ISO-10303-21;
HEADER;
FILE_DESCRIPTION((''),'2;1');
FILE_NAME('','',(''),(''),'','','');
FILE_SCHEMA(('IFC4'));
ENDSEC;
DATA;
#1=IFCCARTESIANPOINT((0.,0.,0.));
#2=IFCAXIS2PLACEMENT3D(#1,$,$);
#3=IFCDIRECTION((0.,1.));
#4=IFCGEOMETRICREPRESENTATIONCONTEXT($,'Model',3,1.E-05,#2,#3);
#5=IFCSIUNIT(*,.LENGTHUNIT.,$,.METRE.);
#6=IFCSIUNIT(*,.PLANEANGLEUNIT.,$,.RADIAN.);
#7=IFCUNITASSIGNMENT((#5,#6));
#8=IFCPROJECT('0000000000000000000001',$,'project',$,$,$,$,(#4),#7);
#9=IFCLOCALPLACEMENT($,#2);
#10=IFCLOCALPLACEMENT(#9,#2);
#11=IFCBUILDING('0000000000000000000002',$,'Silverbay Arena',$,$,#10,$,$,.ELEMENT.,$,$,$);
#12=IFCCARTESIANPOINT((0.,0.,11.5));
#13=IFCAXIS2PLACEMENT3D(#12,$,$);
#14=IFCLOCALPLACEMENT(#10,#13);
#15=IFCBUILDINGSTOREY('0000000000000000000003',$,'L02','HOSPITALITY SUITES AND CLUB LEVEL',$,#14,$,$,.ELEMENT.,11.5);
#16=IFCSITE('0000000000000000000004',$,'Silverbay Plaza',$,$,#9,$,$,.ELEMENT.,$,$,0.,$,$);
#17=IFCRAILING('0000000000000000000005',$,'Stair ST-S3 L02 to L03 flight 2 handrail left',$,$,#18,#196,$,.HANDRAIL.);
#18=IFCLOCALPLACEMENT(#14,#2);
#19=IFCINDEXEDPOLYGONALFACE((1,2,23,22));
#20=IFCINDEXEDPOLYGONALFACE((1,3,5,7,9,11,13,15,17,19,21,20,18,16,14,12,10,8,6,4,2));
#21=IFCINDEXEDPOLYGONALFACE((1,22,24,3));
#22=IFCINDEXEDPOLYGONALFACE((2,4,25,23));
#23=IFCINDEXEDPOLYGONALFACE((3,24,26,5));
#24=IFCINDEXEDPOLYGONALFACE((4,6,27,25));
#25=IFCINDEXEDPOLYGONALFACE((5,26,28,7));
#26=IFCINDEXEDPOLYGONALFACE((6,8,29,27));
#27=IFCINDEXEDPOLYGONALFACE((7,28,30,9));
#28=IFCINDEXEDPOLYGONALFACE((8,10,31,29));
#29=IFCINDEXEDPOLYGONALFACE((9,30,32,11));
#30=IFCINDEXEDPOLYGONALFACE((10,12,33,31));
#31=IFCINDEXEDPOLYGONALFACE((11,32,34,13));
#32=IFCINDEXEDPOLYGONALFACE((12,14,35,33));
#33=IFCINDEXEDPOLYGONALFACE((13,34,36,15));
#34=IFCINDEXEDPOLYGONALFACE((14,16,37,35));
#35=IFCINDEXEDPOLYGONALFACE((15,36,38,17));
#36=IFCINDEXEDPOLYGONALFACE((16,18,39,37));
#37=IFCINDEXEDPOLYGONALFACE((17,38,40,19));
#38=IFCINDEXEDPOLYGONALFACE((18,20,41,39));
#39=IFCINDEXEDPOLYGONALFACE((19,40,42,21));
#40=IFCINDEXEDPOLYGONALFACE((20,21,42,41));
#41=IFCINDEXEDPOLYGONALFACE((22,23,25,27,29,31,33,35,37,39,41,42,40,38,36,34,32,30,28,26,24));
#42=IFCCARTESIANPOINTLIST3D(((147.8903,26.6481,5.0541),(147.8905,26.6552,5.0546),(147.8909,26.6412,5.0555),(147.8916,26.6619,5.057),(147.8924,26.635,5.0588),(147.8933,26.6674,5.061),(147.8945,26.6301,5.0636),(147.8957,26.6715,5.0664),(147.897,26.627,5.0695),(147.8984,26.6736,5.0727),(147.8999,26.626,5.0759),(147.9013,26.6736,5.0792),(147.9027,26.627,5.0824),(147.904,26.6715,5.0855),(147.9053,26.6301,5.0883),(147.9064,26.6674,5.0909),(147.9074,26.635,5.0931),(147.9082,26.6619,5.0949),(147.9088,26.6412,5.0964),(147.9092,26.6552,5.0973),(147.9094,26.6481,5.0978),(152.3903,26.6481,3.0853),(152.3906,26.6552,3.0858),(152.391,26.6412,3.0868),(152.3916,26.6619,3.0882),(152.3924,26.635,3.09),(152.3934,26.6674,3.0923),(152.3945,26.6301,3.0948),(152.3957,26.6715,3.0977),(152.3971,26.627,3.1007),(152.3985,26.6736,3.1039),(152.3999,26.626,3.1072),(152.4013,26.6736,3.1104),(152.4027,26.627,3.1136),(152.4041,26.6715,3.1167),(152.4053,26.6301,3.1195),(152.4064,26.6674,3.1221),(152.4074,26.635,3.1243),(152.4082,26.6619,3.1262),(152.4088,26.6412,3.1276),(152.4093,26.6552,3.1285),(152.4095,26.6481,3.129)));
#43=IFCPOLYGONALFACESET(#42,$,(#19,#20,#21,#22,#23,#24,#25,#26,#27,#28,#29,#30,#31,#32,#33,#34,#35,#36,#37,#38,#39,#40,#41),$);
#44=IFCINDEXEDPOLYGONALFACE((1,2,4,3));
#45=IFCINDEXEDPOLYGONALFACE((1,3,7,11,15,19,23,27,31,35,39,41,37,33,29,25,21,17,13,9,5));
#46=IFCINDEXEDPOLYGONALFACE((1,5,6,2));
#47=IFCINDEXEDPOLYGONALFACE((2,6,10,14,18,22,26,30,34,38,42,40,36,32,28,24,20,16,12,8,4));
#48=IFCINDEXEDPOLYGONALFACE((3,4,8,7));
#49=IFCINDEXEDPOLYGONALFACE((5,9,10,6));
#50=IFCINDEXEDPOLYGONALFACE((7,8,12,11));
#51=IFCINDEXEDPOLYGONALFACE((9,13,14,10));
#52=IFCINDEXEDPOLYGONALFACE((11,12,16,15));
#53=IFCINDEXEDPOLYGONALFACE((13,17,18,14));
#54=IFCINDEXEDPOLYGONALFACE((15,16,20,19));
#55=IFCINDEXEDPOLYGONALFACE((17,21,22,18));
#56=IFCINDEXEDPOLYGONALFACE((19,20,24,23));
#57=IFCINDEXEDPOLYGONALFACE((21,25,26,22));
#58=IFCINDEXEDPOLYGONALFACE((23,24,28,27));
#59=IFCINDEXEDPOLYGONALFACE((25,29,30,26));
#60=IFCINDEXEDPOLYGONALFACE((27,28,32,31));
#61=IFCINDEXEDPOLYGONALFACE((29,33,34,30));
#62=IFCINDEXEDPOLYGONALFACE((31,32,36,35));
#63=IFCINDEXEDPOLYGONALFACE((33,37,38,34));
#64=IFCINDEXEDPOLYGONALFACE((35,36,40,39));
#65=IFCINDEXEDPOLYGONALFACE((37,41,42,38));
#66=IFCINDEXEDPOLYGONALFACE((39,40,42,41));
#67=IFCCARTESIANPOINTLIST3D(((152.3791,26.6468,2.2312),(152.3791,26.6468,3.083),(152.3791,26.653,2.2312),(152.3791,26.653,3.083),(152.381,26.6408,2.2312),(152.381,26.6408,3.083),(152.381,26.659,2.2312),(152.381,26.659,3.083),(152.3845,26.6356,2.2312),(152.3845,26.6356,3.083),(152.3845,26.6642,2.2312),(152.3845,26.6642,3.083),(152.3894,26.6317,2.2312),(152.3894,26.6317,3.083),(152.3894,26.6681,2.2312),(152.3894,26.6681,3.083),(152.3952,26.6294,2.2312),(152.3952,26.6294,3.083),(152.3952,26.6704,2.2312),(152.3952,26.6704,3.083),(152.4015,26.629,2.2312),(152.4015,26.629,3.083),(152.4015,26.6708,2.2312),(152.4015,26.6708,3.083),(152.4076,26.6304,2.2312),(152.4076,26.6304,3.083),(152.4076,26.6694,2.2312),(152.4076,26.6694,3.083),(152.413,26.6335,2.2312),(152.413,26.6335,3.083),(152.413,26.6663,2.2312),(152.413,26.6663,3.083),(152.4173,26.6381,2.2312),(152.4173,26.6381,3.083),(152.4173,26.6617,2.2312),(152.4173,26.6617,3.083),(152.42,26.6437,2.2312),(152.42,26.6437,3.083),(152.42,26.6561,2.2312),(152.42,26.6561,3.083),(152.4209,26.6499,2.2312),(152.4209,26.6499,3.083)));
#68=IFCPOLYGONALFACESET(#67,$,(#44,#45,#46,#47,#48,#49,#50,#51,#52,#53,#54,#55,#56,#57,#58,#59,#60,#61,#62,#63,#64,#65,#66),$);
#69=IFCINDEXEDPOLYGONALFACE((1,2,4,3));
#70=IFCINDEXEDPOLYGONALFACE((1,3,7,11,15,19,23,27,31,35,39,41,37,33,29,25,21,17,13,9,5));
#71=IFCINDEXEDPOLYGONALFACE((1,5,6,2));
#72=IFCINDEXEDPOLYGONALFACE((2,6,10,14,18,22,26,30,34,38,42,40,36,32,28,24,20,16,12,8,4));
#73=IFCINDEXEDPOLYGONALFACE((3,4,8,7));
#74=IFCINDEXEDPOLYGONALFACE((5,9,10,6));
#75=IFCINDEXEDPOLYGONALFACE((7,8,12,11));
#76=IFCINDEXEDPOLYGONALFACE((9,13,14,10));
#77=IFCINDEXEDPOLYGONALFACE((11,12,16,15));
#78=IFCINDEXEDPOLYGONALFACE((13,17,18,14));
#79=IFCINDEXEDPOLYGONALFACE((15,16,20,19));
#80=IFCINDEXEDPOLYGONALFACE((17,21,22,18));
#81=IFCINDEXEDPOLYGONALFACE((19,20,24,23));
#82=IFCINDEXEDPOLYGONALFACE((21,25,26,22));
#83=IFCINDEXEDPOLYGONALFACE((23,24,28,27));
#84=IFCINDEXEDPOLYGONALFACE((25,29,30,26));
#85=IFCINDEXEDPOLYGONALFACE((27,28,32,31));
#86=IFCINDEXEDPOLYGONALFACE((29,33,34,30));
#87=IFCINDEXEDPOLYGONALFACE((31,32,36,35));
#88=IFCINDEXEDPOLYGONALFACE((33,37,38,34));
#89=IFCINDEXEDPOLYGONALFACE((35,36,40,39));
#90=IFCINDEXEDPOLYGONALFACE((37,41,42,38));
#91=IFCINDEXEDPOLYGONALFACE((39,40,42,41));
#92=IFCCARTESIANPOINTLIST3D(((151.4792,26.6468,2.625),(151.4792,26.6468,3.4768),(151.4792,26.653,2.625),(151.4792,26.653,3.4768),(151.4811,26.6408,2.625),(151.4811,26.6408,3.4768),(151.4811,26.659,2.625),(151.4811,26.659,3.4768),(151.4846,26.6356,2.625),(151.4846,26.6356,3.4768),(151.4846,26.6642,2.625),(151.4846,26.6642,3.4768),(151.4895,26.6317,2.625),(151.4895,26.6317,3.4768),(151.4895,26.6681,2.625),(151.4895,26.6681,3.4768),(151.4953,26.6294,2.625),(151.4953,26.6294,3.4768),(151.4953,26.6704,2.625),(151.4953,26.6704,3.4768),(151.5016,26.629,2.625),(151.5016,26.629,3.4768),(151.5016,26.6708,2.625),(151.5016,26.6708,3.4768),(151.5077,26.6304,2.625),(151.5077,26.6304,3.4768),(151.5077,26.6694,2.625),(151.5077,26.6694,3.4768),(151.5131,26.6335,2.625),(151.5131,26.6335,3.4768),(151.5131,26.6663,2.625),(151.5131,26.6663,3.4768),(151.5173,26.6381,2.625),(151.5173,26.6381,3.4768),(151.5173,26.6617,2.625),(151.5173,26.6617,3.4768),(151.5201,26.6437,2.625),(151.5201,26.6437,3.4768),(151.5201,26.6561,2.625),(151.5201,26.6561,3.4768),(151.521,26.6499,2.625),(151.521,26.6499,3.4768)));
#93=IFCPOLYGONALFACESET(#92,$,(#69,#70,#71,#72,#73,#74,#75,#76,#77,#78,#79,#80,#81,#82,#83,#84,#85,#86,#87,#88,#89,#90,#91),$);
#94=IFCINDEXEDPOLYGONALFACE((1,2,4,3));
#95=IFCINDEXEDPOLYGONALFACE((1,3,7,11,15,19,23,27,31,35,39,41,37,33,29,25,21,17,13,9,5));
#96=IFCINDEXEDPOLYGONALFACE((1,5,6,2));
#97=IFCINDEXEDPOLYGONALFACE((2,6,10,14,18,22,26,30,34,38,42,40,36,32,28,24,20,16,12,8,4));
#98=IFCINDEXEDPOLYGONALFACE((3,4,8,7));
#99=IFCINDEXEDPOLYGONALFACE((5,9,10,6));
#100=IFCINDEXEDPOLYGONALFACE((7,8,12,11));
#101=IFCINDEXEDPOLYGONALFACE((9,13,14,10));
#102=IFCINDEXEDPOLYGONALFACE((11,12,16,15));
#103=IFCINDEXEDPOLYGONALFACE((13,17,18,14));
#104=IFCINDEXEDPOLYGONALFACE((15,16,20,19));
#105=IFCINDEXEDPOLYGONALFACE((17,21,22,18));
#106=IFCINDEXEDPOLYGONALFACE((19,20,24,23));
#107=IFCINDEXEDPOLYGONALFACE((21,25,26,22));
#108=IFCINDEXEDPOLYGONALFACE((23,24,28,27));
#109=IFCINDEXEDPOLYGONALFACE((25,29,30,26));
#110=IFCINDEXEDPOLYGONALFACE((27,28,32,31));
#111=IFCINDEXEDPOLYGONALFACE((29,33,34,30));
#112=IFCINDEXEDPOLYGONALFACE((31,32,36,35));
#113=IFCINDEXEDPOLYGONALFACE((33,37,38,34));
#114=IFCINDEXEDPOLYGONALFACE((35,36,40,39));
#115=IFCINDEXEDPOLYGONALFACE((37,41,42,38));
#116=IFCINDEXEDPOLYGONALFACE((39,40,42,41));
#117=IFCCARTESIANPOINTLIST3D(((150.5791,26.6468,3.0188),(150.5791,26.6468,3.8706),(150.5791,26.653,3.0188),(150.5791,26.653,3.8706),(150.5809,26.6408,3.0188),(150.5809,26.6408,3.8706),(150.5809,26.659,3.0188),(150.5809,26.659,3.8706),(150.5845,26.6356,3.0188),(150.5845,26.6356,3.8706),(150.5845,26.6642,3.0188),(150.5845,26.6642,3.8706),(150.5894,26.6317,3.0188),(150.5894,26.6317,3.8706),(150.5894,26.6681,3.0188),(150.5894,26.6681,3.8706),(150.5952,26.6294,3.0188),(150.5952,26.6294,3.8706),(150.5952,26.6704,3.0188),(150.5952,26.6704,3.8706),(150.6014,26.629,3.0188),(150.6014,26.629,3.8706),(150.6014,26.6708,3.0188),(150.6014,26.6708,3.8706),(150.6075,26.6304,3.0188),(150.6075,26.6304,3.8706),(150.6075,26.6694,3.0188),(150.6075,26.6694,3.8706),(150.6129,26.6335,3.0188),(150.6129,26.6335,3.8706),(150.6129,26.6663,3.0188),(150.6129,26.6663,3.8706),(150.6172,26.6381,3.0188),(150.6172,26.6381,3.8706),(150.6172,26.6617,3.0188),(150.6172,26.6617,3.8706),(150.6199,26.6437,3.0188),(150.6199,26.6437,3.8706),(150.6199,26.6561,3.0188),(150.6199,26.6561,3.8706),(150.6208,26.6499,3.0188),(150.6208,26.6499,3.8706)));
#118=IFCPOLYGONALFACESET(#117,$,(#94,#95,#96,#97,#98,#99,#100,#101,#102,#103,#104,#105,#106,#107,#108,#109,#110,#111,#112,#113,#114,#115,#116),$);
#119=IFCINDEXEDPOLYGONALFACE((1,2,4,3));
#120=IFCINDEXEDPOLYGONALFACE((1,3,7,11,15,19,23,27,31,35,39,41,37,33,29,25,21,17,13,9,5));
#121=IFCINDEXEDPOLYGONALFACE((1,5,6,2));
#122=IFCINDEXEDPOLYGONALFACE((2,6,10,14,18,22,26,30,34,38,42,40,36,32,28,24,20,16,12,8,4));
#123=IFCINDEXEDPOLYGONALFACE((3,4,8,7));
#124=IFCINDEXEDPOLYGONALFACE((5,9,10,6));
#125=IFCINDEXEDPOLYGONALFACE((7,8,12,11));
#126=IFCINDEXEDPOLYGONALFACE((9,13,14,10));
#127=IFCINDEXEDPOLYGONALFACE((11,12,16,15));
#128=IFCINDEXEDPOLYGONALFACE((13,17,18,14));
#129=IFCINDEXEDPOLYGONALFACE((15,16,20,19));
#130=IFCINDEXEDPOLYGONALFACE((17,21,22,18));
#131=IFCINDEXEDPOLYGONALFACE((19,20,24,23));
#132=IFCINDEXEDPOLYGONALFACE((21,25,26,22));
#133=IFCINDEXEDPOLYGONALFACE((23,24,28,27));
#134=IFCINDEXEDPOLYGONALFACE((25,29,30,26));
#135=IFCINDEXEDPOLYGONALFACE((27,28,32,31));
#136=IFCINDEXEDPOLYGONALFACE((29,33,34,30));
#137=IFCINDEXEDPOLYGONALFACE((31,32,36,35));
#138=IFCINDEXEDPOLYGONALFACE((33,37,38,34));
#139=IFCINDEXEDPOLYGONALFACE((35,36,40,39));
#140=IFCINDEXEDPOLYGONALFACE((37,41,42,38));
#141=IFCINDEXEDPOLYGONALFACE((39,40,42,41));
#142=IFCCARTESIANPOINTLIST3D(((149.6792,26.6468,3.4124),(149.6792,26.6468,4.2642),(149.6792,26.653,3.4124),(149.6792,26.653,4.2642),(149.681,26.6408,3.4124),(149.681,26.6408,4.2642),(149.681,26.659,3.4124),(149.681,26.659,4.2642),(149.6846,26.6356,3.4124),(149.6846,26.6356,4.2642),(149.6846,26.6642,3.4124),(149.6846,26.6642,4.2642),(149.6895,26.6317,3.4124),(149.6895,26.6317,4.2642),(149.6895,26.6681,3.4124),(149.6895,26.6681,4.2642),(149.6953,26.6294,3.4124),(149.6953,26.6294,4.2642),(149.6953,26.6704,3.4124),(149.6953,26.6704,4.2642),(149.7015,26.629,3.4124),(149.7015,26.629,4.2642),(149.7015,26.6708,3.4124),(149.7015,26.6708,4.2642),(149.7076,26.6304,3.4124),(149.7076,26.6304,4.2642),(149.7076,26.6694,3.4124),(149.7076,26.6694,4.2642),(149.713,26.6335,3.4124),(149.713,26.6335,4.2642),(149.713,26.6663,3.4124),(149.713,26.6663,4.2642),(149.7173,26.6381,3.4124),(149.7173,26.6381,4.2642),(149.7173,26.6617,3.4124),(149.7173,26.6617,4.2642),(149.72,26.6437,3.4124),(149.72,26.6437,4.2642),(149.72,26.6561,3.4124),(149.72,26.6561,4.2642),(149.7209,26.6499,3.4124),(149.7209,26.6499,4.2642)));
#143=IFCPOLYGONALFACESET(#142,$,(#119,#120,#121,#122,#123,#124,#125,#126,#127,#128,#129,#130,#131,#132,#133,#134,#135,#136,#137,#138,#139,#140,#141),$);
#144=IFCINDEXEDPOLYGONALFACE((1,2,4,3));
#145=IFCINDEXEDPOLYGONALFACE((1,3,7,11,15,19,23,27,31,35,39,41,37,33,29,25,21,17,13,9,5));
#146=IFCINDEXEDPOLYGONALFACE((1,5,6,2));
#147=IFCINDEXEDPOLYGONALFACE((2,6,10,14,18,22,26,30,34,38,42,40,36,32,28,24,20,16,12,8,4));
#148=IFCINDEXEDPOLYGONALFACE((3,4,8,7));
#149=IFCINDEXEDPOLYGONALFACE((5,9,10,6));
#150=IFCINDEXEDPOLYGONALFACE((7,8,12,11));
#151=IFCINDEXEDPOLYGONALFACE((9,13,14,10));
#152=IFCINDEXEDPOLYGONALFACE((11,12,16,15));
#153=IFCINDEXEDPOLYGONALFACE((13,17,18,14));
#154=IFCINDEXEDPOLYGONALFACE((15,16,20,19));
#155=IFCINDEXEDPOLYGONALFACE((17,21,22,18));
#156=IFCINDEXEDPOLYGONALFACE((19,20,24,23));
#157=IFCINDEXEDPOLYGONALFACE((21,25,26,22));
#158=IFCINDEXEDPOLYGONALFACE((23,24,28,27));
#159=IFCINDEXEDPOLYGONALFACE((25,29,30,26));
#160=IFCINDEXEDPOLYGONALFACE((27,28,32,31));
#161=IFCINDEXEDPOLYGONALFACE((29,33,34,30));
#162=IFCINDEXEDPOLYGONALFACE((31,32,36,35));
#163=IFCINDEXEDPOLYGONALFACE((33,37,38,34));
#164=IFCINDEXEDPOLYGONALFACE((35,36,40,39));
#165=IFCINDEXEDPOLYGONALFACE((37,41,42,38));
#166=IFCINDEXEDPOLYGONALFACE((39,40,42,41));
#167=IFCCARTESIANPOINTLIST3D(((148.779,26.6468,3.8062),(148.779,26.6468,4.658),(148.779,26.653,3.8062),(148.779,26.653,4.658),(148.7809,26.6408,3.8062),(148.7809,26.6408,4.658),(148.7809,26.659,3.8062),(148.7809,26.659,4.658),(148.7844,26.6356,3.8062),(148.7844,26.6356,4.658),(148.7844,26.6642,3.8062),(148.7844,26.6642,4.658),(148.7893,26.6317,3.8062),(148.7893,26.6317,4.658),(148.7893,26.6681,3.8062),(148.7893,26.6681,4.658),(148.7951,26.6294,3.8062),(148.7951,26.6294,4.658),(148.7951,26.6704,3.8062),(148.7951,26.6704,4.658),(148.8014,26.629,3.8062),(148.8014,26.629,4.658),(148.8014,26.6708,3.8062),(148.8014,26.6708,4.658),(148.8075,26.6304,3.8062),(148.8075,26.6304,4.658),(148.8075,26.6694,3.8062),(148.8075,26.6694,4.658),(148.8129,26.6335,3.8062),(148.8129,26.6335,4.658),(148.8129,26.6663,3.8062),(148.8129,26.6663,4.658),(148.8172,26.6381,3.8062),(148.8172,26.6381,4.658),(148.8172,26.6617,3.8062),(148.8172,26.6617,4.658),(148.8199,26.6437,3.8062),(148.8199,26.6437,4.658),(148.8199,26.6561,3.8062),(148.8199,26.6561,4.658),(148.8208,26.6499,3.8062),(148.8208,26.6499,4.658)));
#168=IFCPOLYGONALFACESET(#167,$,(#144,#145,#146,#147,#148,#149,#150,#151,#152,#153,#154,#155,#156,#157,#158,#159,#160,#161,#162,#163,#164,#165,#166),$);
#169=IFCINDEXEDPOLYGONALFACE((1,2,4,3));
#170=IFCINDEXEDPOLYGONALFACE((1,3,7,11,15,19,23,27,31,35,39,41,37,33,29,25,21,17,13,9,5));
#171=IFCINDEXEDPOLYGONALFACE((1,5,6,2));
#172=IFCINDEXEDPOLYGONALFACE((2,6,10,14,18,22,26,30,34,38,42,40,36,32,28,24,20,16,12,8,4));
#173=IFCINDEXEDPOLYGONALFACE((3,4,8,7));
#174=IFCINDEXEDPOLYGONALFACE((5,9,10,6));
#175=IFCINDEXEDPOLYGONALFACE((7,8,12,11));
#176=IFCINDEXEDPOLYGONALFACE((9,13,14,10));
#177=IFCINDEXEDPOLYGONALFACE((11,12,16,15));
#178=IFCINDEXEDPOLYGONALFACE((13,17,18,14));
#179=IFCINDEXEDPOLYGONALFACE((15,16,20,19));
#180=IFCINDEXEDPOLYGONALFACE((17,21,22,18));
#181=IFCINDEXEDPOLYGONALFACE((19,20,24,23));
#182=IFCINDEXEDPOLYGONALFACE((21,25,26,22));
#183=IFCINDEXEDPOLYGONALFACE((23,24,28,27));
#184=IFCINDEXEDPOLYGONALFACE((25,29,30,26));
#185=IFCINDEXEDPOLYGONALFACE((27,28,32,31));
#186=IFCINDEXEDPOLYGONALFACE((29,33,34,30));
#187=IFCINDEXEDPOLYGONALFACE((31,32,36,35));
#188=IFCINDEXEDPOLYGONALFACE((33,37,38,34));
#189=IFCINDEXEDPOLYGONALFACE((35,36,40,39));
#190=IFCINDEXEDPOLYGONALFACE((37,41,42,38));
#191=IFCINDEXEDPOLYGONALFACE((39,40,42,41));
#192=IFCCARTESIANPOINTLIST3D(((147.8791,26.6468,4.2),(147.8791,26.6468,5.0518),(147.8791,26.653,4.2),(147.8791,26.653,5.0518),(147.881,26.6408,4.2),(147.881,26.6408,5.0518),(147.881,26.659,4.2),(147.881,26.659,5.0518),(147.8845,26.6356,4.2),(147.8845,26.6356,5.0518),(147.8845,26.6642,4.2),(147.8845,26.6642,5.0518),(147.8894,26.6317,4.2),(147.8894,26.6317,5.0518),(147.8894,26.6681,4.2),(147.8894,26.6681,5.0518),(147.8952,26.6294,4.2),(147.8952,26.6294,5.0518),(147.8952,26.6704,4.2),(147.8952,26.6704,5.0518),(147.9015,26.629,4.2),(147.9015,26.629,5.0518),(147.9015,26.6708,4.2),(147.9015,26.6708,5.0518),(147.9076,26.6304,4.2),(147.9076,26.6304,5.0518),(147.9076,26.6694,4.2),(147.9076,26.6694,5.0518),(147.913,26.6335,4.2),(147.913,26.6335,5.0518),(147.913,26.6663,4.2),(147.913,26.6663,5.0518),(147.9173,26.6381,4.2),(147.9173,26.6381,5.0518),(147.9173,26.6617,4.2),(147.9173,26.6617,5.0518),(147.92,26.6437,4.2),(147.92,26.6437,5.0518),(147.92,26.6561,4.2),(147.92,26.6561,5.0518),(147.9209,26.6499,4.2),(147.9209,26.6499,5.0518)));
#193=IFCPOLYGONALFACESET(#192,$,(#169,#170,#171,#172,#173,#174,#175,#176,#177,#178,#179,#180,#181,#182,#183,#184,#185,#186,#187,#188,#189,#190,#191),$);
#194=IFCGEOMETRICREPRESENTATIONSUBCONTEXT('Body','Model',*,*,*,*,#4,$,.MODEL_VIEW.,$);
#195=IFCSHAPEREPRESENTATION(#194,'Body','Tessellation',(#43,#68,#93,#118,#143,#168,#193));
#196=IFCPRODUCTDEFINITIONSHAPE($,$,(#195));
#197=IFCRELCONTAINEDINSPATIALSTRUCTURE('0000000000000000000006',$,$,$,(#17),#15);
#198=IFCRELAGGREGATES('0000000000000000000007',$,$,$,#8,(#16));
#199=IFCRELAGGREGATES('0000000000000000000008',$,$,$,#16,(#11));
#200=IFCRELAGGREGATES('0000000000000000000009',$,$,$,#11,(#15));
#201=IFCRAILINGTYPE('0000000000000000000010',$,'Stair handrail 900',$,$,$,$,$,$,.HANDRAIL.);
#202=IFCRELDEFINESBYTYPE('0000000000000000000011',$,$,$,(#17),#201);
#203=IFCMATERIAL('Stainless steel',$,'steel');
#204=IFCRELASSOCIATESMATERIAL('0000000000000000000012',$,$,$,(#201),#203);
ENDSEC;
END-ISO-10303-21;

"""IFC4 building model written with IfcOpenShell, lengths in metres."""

from ifc_helpers import new_model, si_unit, direction, frame, origin, origin_2d, place, context, subcontext, project, spatial, circle, extrude, material, type_object, element, save


model = new_model("IFC4")

# Units and contexts
model_context = context("Model", 3, precision=1e-05, world=origin(), true_north=direction((0.0, 1.0)))
body_context = subcontext(model_context, "Body", "Model", "MODEL_VIEW")
ifc_project = project(units=[si_unit("LENGTHUNIT", "METRE"), si_unit("PLANEANGLEUNIT", "RADIAN")], contexts=[model_context])

# Site, building, storey
site_placement = place(None, origin())
site = spatial("IfcSite", under=ifc_project, at=site_placement, Name="Silverbay Plaza", CompositionType="ELEMENT", RefElevation=0.0)
building_placement = place(site_placement, origin())
building = spatial("IfcBuilding", under=site, at=building_placement, Name="Silverbay Arena", CompositionType="ELEMENT")
storey_placement = place(building_placement, frame((0.0, 0.0, 11.5)))
storey = spatial("IfcBuildingStorey", under=building, at=storey_placement, Name="L02", Description="HOSPITALITY SUITES AND CLUB LEVEL", CompositionType="ELEMENT", Elevation=11.5)

# Railing
ifc_material_1 = material(Name="Stainless steel", Category="steel")
railing_type_1 = type_object("IfcRailingType", Name="Stair handrail 900", PredefinedType="HANDRAIL", material=ifc_material_1)
railing_1_placement = place(storey_placement, frame((152.3999, 26.6499, 2.2312)))
element("IfcRailing", 1, at=railing_1_placement, inside=storey, type_object=railing_type_1, Name="Stair ST-S3 L02 to L03 flight 2 handrail left", PredefinedType="HANDRAIL", context=body_context, shape_type="SweptSolid", body=[
    extrude(circle(Radius=0.0239, at=origin_2d()), frame((0.0, 0.0, 0.876), z_axis=(-0.916157, 0.0, 0.400819), x_axis=(0.0, -1.0, 0.0)), (0.0, 0.0, 1.0), 4.9119),
    extrude(circle(Radius=0.021, at=origin_2d()), origin(), (0.0, 0.0, 1.0), 0.8518),
    extrude(circle(Radius=0.021, at=origin_2d()), frame((-0.8999, 0.0, 0.3938)), (0.0, 0.0, 1.0), 0.8518),
    extrude(circle(Radius=0.021, at=origin_2d()), frame((-1.8, 0.0, 0.7876)), (0.0, 0.0, 1.0), 0.8518),
    extrude(circle(Radius=0.021, at=origin_2d()), frame((-2.7, 0.0, 1.1812)), (0.0, 0.0, 1.0), 0.8518),
    extrude(circle(Radius=0.021, at=origin_2d()), frame((-3.6001, 0.0, 1.575)), (0.0, 0.0, 1.0), 0.8518),
    extrude(circle(Radius=0.021, at=origin_2d()), frame((-4.5, 0.0, 1.9688)), (0.0, 0.0, 1.0), 0.8518),
])

save(model, "model.ifc")
